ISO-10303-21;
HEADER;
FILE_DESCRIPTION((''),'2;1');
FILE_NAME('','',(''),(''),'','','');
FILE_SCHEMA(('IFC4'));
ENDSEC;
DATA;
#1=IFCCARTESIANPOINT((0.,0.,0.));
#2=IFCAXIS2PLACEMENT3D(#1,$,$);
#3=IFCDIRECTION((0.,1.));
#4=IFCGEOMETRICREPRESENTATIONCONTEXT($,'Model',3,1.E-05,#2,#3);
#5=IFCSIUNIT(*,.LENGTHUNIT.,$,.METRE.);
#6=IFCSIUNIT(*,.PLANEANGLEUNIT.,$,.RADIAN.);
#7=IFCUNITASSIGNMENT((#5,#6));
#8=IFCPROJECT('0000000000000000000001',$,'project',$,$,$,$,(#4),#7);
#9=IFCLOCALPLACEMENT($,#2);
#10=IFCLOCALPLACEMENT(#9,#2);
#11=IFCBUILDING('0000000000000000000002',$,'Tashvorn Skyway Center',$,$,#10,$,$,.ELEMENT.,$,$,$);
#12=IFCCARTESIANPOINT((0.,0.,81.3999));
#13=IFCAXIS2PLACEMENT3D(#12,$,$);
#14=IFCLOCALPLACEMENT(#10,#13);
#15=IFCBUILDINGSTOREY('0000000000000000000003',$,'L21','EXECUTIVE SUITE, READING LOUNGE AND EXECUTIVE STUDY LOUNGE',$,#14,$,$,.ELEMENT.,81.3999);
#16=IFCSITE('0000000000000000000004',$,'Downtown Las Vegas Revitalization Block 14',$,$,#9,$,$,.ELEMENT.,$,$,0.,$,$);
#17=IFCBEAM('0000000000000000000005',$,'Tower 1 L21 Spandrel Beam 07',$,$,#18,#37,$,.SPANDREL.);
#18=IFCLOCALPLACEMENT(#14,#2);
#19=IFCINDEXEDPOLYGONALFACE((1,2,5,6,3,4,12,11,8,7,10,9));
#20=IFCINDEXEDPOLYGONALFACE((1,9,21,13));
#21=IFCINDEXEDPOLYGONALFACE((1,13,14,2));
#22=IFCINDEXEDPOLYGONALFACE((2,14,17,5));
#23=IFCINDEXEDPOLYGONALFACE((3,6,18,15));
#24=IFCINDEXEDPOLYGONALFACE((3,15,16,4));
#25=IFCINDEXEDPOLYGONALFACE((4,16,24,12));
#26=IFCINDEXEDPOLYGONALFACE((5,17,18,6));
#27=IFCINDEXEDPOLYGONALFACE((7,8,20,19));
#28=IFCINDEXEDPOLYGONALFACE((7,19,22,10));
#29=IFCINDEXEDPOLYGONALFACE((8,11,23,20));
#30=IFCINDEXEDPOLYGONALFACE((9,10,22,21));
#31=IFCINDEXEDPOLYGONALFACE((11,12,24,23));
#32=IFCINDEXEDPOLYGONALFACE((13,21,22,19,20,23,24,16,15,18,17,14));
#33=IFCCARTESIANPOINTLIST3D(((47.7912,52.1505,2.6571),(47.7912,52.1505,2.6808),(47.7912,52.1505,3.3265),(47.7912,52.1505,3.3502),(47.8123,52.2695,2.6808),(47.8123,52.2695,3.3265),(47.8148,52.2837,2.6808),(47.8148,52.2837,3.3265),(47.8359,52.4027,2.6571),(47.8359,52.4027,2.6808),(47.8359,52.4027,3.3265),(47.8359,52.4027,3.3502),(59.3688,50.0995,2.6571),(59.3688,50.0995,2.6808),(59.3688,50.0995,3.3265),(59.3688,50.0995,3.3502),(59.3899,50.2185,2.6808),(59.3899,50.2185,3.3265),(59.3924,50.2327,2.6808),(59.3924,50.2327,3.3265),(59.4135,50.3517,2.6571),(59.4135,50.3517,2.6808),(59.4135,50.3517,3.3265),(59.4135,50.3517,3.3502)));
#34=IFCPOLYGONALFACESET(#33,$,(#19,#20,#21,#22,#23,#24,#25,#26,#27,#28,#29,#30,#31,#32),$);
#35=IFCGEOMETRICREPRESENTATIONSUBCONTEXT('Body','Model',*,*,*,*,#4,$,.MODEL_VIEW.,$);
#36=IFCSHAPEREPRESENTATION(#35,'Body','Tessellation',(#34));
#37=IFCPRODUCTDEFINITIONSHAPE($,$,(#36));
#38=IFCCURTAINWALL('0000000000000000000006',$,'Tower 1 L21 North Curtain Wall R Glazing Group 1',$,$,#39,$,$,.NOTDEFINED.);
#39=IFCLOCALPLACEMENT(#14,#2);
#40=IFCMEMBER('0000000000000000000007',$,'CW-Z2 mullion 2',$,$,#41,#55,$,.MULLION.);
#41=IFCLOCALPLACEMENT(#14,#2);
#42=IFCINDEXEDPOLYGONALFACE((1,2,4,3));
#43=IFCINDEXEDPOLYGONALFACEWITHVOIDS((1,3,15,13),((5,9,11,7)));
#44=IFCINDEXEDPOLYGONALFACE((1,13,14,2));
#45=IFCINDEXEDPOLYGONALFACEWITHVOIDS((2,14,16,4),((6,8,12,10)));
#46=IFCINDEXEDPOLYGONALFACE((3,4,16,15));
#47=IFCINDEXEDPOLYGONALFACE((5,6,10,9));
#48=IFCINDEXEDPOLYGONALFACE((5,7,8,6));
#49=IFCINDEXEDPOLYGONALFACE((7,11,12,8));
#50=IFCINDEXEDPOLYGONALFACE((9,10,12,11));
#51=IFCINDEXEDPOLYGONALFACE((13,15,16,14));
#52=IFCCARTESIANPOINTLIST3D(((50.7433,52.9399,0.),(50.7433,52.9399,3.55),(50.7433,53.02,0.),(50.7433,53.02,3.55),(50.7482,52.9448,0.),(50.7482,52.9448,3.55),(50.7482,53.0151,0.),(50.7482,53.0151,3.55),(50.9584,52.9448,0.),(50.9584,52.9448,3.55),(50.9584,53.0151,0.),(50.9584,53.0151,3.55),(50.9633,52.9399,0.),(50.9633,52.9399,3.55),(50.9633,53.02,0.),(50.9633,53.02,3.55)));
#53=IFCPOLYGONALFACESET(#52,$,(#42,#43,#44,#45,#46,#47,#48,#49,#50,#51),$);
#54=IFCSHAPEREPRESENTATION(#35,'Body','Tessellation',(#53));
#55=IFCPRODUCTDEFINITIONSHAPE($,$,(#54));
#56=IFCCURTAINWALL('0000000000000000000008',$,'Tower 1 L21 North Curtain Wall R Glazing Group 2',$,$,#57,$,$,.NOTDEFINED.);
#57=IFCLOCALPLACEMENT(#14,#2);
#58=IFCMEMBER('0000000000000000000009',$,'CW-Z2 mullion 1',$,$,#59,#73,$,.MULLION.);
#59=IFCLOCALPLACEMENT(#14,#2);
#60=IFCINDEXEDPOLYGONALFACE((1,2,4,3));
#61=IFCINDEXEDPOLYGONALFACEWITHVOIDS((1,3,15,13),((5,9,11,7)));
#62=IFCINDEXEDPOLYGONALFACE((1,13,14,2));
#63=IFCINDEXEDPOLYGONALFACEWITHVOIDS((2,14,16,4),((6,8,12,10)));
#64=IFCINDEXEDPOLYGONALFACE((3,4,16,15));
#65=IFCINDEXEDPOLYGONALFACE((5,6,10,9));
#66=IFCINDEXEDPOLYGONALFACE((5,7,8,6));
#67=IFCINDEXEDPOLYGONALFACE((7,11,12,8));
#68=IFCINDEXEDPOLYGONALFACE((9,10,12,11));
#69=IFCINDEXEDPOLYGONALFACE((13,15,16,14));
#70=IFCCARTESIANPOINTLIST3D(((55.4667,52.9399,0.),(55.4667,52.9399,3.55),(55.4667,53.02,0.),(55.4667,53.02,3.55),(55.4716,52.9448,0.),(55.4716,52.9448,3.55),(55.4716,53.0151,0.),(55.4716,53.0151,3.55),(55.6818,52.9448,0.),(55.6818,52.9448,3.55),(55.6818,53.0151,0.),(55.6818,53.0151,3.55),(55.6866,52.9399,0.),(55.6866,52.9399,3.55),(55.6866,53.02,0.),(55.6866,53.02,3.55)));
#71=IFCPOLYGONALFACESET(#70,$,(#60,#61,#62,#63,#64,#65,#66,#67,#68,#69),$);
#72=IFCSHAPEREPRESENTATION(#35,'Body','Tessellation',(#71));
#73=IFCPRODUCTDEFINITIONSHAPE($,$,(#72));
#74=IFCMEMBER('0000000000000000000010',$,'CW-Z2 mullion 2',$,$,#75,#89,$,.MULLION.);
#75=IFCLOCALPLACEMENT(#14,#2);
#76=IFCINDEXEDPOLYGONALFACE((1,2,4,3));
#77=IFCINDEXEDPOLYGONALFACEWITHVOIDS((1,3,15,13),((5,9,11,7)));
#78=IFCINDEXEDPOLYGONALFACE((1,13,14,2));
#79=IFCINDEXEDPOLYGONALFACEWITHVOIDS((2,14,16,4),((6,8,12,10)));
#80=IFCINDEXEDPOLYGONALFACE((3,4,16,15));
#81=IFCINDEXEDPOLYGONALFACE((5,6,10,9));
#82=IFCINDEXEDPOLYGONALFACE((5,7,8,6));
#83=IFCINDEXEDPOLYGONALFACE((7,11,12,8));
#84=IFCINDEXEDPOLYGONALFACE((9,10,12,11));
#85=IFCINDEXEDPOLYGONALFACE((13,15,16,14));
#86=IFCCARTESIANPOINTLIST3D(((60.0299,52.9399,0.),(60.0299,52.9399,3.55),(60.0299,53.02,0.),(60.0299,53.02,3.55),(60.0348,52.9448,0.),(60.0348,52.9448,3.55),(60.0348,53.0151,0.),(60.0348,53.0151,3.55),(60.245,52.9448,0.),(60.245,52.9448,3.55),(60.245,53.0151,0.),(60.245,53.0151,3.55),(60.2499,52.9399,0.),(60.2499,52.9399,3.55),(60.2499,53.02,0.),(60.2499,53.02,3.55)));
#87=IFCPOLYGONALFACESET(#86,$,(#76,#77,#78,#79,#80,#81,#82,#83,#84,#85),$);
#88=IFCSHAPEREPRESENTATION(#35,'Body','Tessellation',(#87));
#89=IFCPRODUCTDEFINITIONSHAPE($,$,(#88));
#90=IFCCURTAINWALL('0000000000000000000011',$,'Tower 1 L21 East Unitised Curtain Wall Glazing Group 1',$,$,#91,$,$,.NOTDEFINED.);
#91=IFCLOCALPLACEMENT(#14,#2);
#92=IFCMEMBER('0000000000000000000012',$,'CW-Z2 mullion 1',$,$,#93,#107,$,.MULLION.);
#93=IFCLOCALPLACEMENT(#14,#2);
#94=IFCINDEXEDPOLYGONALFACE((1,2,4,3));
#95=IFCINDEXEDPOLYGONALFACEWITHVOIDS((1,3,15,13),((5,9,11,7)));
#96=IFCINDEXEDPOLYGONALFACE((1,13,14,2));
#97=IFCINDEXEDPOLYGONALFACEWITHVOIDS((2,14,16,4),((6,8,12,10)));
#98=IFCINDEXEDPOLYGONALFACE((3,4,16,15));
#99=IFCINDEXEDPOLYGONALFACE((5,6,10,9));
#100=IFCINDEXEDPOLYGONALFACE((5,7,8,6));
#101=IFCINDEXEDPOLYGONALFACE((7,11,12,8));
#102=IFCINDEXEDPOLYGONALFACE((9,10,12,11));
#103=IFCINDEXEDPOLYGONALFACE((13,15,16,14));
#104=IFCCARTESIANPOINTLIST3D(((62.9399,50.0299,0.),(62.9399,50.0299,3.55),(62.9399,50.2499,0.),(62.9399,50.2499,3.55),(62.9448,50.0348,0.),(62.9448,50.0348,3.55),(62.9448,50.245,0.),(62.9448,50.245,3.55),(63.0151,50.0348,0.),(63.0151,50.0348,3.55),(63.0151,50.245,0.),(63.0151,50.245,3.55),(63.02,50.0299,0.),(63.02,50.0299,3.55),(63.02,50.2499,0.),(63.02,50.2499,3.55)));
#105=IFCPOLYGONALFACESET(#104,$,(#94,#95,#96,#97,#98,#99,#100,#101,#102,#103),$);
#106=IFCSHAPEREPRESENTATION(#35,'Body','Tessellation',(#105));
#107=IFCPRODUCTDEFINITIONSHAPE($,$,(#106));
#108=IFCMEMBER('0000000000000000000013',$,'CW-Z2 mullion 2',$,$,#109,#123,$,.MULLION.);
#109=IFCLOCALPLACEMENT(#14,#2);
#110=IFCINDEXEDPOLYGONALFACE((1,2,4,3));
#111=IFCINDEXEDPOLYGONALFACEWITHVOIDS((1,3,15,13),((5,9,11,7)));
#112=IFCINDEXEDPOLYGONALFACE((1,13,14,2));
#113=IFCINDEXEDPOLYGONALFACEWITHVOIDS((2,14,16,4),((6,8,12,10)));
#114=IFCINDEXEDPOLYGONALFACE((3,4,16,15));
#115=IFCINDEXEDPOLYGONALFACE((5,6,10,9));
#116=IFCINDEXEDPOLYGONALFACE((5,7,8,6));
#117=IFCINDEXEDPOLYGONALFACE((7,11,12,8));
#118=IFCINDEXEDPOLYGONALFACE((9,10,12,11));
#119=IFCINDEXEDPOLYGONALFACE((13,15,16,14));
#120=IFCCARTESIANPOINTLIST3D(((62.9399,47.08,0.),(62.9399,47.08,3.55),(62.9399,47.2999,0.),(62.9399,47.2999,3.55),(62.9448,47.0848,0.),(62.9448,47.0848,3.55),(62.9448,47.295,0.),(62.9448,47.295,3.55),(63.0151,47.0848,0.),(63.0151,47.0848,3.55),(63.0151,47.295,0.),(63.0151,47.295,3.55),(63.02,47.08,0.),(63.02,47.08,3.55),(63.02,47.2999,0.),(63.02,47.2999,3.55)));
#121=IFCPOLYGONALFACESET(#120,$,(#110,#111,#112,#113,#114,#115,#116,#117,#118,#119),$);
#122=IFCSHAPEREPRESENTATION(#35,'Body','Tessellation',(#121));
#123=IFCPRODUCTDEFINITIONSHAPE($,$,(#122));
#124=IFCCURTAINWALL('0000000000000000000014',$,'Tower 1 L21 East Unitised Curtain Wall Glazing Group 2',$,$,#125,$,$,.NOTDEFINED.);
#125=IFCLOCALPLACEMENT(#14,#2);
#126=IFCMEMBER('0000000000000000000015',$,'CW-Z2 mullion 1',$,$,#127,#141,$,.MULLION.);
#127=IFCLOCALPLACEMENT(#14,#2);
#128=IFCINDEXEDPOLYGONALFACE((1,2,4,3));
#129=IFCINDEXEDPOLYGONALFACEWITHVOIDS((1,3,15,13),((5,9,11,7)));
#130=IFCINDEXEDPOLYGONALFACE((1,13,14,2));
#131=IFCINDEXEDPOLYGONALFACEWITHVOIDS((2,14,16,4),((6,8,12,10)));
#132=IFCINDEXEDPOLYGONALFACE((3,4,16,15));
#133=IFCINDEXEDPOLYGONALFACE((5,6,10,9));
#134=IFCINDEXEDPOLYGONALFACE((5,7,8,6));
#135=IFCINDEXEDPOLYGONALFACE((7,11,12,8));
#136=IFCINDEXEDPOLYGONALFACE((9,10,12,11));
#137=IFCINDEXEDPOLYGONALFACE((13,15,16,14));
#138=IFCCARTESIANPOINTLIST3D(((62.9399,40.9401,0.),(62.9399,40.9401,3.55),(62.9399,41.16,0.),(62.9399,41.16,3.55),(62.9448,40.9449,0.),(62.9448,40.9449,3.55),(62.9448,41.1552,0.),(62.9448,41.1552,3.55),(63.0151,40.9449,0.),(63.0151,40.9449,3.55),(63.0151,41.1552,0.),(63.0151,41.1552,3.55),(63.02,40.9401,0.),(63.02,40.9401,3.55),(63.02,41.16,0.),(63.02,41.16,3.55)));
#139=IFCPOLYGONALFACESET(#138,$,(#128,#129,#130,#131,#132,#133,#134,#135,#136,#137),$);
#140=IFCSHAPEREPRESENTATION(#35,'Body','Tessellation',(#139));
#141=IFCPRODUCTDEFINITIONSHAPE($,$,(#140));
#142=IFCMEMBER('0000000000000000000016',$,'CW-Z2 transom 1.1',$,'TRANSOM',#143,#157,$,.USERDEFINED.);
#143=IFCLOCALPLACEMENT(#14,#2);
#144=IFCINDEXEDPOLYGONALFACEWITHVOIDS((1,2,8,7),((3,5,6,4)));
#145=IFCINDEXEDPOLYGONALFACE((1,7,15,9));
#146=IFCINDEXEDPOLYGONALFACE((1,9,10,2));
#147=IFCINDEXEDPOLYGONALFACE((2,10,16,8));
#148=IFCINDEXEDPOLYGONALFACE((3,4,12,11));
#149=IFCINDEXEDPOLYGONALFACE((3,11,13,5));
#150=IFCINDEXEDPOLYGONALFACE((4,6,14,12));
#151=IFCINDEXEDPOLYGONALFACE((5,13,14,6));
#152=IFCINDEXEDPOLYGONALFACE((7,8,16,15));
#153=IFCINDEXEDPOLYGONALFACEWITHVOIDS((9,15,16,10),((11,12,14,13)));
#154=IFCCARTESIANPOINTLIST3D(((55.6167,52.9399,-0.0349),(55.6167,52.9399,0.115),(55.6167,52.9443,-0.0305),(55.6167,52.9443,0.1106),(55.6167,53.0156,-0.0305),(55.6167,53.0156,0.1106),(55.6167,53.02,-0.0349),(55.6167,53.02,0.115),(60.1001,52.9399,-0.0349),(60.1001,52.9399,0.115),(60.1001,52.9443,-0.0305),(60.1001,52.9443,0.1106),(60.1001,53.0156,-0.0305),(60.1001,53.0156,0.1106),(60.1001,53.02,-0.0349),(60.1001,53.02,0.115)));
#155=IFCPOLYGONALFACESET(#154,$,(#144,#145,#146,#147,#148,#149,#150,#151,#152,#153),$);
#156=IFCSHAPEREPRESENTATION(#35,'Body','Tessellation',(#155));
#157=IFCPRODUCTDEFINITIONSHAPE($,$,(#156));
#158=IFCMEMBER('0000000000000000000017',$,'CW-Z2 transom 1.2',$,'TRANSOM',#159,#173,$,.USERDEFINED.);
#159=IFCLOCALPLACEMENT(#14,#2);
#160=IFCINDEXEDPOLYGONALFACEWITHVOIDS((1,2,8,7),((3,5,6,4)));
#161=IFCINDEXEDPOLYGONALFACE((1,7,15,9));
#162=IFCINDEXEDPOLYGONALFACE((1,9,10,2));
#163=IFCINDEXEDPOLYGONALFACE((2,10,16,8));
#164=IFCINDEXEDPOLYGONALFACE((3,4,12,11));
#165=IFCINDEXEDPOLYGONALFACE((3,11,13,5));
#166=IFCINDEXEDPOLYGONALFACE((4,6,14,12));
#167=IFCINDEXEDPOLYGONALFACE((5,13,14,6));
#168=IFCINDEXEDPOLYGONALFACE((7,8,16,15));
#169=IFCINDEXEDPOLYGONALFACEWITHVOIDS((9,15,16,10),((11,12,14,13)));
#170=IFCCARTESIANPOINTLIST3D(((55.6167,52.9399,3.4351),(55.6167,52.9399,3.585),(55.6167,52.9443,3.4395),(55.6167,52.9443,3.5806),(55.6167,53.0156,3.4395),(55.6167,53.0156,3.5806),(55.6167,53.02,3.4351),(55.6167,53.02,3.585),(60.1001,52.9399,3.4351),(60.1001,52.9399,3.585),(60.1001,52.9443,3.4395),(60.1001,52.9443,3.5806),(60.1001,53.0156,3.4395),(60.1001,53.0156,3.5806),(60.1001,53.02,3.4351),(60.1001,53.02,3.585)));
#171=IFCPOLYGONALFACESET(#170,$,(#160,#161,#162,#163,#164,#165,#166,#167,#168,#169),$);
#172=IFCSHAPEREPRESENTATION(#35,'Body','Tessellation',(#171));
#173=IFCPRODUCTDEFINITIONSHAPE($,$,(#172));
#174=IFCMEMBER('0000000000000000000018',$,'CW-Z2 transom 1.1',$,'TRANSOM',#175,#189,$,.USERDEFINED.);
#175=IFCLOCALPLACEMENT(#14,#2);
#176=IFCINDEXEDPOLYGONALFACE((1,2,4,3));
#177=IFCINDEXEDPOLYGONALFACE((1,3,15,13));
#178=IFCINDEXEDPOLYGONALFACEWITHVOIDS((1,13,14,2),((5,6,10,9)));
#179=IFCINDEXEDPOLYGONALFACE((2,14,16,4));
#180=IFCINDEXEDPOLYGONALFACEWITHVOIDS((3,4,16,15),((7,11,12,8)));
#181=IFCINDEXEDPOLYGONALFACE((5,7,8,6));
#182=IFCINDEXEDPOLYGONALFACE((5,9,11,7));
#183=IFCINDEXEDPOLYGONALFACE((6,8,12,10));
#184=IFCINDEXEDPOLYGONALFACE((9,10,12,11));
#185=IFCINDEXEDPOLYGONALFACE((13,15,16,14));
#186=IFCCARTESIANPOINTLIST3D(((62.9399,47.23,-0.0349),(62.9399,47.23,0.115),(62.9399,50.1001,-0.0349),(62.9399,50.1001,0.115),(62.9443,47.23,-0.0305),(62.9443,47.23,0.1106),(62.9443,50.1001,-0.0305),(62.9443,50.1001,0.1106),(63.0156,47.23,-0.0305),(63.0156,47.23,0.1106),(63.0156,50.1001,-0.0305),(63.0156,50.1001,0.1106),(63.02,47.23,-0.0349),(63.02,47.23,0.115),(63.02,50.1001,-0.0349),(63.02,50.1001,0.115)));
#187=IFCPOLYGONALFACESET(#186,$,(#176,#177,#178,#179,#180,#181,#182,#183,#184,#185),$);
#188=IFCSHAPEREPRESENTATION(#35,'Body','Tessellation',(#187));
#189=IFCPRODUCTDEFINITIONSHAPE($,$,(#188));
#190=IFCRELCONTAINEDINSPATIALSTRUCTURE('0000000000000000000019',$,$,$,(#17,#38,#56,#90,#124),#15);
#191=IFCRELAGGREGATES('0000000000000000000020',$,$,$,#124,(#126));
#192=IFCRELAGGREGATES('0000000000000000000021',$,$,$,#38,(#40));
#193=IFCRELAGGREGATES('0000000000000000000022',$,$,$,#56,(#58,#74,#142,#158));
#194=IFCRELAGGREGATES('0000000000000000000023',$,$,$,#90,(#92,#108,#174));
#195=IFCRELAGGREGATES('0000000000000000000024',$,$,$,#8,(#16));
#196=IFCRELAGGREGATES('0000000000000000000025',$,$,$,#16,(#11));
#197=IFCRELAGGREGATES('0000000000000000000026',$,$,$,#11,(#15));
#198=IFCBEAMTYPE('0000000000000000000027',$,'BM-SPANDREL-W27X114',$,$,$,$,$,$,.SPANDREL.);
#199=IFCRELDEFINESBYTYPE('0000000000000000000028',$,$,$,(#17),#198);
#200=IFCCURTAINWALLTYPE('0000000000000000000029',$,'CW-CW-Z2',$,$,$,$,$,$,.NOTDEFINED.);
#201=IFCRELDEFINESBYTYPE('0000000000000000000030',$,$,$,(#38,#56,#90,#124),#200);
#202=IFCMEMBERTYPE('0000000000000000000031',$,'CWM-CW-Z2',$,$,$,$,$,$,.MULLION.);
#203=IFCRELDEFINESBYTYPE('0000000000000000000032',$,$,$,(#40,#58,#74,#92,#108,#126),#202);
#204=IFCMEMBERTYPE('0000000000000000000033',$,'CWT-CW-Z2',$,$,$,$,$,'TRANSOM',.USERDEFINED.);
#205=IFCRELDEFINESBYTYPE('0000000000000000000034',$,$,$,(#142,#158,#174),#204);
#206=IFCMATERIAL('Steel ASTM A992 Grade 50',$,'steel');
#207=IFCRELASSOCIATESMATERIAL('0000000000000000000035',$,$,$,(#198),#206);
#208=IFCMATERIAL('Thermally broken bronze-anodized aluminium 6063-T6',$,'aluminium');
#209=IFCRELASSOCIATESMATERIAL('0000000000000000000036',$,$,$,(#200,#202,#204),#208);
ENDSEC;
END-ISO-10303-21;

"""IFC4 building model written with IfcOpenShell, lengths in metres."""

from ifc_helpers import new_model, si_unit, direction, frame, origin, origin_2d, place, context, subcontext, project, spatial, hollow_rectangle, i_section, extrude, material, material_profile, profile_set, type_object, element, aggregate, save


model = new_model("IFC4")

# Units and contexts
model_context = context("Model", 3, precision=1e-05, world=origin(), true_north=direction((0.0, 1.0)))
body_context = subcontext(model_context, "Body", "Model", "MODEL_VIEW")
ifc_project = project(units=[si_unit("LENGTHUNIT", "METRE"), si_unit("PLANEANGLEUNIT", "RADIAN")], contexts=[model_context])

# Site, building, storey
site_placement = place(None, origin())
site = spatial("IfcSite", under=ifc_project, at=site_placement, Name="Downtown Las Vegas Revitalization Block 14", CompositionType="ELEMENT", RefElevation=0.0)
building_placement = place(site_placement, origin())
building = spatial("IfcBuilding", under=site, at=building_placement, Name="Tashvorn Skyway Center", CompositionType="ELEMENT")
storey_placement = place(building_placement, frame((0.0, 0.0, 81.3999)))
storey = spatial("IfcBuildingStorey", under=building, at=storey_placement, Name="L21", Description="EXECUTIVE SUITE, READING LOUNGE AND EXECUTIVE STUDY LOUNGE", CompositionType="ELEMENT", Elevation=81.3999)

# Beam
ifc_material_1 = material(Name="Steel ASTM A992 Grade 50", Category="steel")
ifc_material_profile_1 = material_profile(ifc_material_1, i_section(OverallWidth=0.2561, OverallDepth=0.6931, WebThickness=0.0144, FlangeThickness=0.0237, at=origin_2d()), Name="W27X114")
ifc_profile_set_1 = profile_set([ifc_material_profile_1], Name="Steel ASTM A992 Grade 50")
beam_type_1 = type_object("IfcBeamType", Name="BM-SPANDREL-W27X114", PredefinedType="SPANDREL", material=ifc_profile_set_1)
for number, where, z_axis, x_axis, name in (
    (1, (59.3911, 50.2256, 3.0037), (-0.984668, 0.174438, 0.0), (-0.174438, -0.984668, 0.0), "Tower 1 L21 Spandrel Beam 07"),
):
    element("IfcBeam", number, at=place(storey_placement, frame(where, z_axis=z_axis, x_axis=x_axis)), inside=storey, type_object=beam_type_1, Name=name, PredefinedType="SPANDREL", context=body_context, shape_type="SweptSolid", body=[
        extrude(i_section(OverallWidth=0.2561, OverallDepth=0.6931, WebThickness=0.0144, FlangeThickness=0.0237, at=origin_2d()), origin(), (0.0, 0.0, 1.0), 11.7578),
    ])

# Curtain wall, member
ifc_material_2 = material(Name="Thermally broken bronze-anodized aluminium 6063-T6", Category="aluminium")
curtain_wall_type = type_object("IfcCurtainWallType", Name="CW-CW-Z2", PredefinedType="NOTDEFINED", material=ifc_material_2)
curtain_wall_1_placement = place(storey_placement, origin())
curtain_wall_1 = element("IfcCurtainWall", 2, at=curtain_wall_1_placement, inside=storey, type_object=curtain_wall_type, Name="Tower 1 L21 North Curtain Wall R Glazing Group 1", PredefinedType="NOTDEFINED")
ifc_material_profile_2 = material_profile(ifc_material_2, hollow_rectangle(XDim=0.0801, YDim=0.22, WallThickness=0.0049, at=origin_2d()), Name="ALU-MULL-80x220")
ifc_profile_set_2 = profile_set([ifc_material_profile_2], Name="Thermally broken bronze-anodized aluminium 6063-T6")
member_type_1 = type_object("IfcMemberType", Name="CWM-CW-Z2", PredefinedType="MULLION", material=ifc_profile_set_2)
member_1_placement = place(storey_placement, frame((50.8533, 52.98, 0.0), z_axis=(0.0, 0.0, 1.0), x_axis=(0.0, 1.0, 0.0)))
member_1 = element("IfcMember", 3, at=member_1_placement, type_object=member_type_1, Name="CW-Z2 mullion 2", PredefinedType="MULLION", context=body_context, shape_type="SweptSolid", body=[
    extrude(hollow_rectangle(XDim=0.0801, YDim=0.22, WallThickness=0.0049, at=origin_2d()), origin(), (0.0, 0.0, 1.0), 3.55),
])

# Curtain walls, members
curtain_wall_2_placement = place(storey_placement, origin())
curtain_wall_2 = element("IfcCurtainWall", 4, at=curtain_wall_2_placement, inside=storey, type_object=curtain_wall_type, Name="Tower 1 L21 North Curtain Wall R Glazing Group 2", PredefinedType="NOTDEFINED")
member_2_placement = place(storey_placement, frame((55.5767, 52.98, 0.0), z_axis=(0.0, 0.0, 1.0), x_axis=(0.0, 1.0, 0.0)))
member_2 = element("IfcMember", 5, at=member_2_placement, type_object=member_type_1, Name="CW-Z2 mullion 1", PredefinedType="MULLION", context=body_context, shape_type="SweptSolid", body=[
    extrude(hollow_rectangle(XDim=0.0801, YDim=0.22, WallThickness=0.0049, at=origin_2d()), origin(), (0.0, 0.0, 1.0), 3.55),
])
member_3_placement = place(storey_placement, frame((60.1399, 52.98, 0.0), z_axis=(0.0, 0.0, 1.0), x_axis=(0.0, 1.0, 0.0)))
member_3 = element("IfcMember", 6, at=member_3_placement, type_object=member_type_1, Name="CW-Z2 mullion 2", PredefinedType="MULLION", context=body_context, shape_type="SweptSolid", body=[
    extrude(hollow_rectangle(XDim=0.0801, YDim=0.22, WallThickness=0.0049, at=origin_2d()), origin(), (0.0, 0.0, 1.0), 3.55),
])
curtain_wall_3_placement = place(storey_placement, origin())
curtain_wall_3 = element("IfcCurtainWall", 7, at=curtain_wall_3_placement, inside=storey, type_object=curtain_wall_type, Name="Tower 1 L21 East Unitised Curtain Wall Glazing Group 1", PredefinedType="NOTDEFINED")
member_4_placement = place(storey_placement, frame((62.98, 50.1399, 0.0), z_axis=(0.0, 0.0, 1.0), x_axis=(1.0, 0.0, 0.0)))
member_4 = element("IfcMember", 8, at=member_4_placement, type_object=member_type_1, Name="CW-Z2 mullion 1", PredefinedType="MULLION", context=body_context, shape_type="SweptSolid", body=[
    extrude(hollow_rectangle(XDim=0.0801, YDim=0.22, WallThickness=0.0049, at=origin_2d()), origin(), (0.0, 0.0, 1.0), 3.55),
])
member_5_placement = place(storey_placement, frame((62.98, 47.1899, 0.0), z_axis=(0.0, 0.0, 1.0), x_axis=(1.0, 0.0, 0.0)))
member_5 = element("IfcMember", 9, at=member_5_placement, type_object=member_type_1, Name="CW-Z2 mullion 2", PredefinedType="MULLION", context=body_context, shape_type="SweptSolid", body=[
    extrude(hollow_rectangle(XDim=0.0801, YDim=0.22, WallThickness=0.0049, at=origin_2d()), origin(), (0.0, 0.0, 1.0), 3.55),
])

# Curtain wall, member
curtain_wall_4_placement = place(storey_placement, origin())
curtain_wall_4 = element("IfcCurtainWall", 10, at=curtain_wall_4_placement, inside=storey, type_object=curtain_wall_type, Name="Tower 1 L21 East Unitised Curtain Wall Glazing Group 2", PredefinedType="NOTDEFINED")
member_6_placement = place(storey_placement, frame((62.98, 41.05, 0.0), z_axis=(0.0, 0.0, 1.0), x_axis=(1.0, 0.0, 0.0)))
member_6 = element("IfcMember", 11, at=member_6_placement, type_object=member_type_1, Name="CW-Z2 mullion 1", PredefinedType="MULLION", context=body_context, shape_type="SweptSolid", body=[
    extrude(hollow_rectangle(XDim=0.0801, YDim=0.22, WallThickness=0.0049, at=origin_2d()), origin(), (0.0, 0.0, 1.0), 3.55),
])
aggregate(curtain_wall_4, [member_6])

# Members
ifc_material_profile_3 = material_profile(ifc_material_2, hollow_rectangle(XDim=0.0801, YDim=0.1499, WallThickness=0.0044, at=origin_2d()), Name="ALU-TRAN-80x150")
ifc_profile_set_3 = profile_set([ifc_material_profile_3], Name="Thermally broken bronze-anodized aluminium 6063-T6")
member_type_2 = type_object("IfcMemberType", Name="CWT-CW-Z2", ElementType="TRANSOM", PredefinedType="USERDEFINED", material=ifc_profile_set_3)
member_7_placement = place(storey_placement, frame((55.6167, 52.98, 0.04), z_axis=(1.0, 0.0, 0.0), x_axis=(0.0, 1.0, 0.0)))
member_7 = element("IfcMember", 12, at=member_7_placement, type_object=member_type_2, Name="CW-Z2 transom 1.1", ObjectType="TRANSOM", PredefinedType="USERDEFINED", context=body_context, shape_type="SweptSolid", body=[
    extrude(hollow_rectangle(XDim=0.0801, YDim=0.1499, WallThickness=0.0044, at=origin_2d()), origin(), (0.0, 0.0, 1.0), 4.4834),
])
member_8_placement = place(storey_placement, frame((55.6167, 52.98, 3.51), z_axis=(1.0, 0.0, 0.0), x_axis=(0.0, 1.0, 0.0)))
member_8 = element("IfcMember", 13, at=member_8_placement, type_object=member_type_2, Name="CW-Z2 transom 1.2", ObjectType="TRANSOM", PredefinedType="USERDEFINED", context=body_context, shape_type="SweptSolid", body=[
    extrude(hollow_rectangle(XDim=0.0801, YDim=0.1499, WallThickness=0.0044, at=origin_2d()), origin(), (0.0, 0.0, 1.0), 4.4834),
])
member_9_placement = place(storey_placement, frame((62.98, 50.1001, 0.04), z_axis=(0.0, -1.0, 0.0), x_axis=(1.0, 0.0, 0.0)))
member_9 = element("IfcMember", 14, at=member_9_placement, type_object=member_type_2, Name="CW-Z2 transom 1.1", ObjectType="TRANSOM", PredefinedType="USERDEFINED", context=body_context, shape_type="SweptSolid", body=[
    extrude(hollow_rectangle(XDim=0.0801, YDim=0.1499, WallThickness=0.0044, at=origin_2d()), origin(), (0.0, 0.0, 1.0), 2.8701),
])

aggregate(curtain_wall_1, [member_1])
aggregate(curtain_wall_2, [member_2, member_3, member_7, member_8])
aggregate(curtain_wall_3, [member_4, member_5, member_9])

save(model, "model.ifc")
